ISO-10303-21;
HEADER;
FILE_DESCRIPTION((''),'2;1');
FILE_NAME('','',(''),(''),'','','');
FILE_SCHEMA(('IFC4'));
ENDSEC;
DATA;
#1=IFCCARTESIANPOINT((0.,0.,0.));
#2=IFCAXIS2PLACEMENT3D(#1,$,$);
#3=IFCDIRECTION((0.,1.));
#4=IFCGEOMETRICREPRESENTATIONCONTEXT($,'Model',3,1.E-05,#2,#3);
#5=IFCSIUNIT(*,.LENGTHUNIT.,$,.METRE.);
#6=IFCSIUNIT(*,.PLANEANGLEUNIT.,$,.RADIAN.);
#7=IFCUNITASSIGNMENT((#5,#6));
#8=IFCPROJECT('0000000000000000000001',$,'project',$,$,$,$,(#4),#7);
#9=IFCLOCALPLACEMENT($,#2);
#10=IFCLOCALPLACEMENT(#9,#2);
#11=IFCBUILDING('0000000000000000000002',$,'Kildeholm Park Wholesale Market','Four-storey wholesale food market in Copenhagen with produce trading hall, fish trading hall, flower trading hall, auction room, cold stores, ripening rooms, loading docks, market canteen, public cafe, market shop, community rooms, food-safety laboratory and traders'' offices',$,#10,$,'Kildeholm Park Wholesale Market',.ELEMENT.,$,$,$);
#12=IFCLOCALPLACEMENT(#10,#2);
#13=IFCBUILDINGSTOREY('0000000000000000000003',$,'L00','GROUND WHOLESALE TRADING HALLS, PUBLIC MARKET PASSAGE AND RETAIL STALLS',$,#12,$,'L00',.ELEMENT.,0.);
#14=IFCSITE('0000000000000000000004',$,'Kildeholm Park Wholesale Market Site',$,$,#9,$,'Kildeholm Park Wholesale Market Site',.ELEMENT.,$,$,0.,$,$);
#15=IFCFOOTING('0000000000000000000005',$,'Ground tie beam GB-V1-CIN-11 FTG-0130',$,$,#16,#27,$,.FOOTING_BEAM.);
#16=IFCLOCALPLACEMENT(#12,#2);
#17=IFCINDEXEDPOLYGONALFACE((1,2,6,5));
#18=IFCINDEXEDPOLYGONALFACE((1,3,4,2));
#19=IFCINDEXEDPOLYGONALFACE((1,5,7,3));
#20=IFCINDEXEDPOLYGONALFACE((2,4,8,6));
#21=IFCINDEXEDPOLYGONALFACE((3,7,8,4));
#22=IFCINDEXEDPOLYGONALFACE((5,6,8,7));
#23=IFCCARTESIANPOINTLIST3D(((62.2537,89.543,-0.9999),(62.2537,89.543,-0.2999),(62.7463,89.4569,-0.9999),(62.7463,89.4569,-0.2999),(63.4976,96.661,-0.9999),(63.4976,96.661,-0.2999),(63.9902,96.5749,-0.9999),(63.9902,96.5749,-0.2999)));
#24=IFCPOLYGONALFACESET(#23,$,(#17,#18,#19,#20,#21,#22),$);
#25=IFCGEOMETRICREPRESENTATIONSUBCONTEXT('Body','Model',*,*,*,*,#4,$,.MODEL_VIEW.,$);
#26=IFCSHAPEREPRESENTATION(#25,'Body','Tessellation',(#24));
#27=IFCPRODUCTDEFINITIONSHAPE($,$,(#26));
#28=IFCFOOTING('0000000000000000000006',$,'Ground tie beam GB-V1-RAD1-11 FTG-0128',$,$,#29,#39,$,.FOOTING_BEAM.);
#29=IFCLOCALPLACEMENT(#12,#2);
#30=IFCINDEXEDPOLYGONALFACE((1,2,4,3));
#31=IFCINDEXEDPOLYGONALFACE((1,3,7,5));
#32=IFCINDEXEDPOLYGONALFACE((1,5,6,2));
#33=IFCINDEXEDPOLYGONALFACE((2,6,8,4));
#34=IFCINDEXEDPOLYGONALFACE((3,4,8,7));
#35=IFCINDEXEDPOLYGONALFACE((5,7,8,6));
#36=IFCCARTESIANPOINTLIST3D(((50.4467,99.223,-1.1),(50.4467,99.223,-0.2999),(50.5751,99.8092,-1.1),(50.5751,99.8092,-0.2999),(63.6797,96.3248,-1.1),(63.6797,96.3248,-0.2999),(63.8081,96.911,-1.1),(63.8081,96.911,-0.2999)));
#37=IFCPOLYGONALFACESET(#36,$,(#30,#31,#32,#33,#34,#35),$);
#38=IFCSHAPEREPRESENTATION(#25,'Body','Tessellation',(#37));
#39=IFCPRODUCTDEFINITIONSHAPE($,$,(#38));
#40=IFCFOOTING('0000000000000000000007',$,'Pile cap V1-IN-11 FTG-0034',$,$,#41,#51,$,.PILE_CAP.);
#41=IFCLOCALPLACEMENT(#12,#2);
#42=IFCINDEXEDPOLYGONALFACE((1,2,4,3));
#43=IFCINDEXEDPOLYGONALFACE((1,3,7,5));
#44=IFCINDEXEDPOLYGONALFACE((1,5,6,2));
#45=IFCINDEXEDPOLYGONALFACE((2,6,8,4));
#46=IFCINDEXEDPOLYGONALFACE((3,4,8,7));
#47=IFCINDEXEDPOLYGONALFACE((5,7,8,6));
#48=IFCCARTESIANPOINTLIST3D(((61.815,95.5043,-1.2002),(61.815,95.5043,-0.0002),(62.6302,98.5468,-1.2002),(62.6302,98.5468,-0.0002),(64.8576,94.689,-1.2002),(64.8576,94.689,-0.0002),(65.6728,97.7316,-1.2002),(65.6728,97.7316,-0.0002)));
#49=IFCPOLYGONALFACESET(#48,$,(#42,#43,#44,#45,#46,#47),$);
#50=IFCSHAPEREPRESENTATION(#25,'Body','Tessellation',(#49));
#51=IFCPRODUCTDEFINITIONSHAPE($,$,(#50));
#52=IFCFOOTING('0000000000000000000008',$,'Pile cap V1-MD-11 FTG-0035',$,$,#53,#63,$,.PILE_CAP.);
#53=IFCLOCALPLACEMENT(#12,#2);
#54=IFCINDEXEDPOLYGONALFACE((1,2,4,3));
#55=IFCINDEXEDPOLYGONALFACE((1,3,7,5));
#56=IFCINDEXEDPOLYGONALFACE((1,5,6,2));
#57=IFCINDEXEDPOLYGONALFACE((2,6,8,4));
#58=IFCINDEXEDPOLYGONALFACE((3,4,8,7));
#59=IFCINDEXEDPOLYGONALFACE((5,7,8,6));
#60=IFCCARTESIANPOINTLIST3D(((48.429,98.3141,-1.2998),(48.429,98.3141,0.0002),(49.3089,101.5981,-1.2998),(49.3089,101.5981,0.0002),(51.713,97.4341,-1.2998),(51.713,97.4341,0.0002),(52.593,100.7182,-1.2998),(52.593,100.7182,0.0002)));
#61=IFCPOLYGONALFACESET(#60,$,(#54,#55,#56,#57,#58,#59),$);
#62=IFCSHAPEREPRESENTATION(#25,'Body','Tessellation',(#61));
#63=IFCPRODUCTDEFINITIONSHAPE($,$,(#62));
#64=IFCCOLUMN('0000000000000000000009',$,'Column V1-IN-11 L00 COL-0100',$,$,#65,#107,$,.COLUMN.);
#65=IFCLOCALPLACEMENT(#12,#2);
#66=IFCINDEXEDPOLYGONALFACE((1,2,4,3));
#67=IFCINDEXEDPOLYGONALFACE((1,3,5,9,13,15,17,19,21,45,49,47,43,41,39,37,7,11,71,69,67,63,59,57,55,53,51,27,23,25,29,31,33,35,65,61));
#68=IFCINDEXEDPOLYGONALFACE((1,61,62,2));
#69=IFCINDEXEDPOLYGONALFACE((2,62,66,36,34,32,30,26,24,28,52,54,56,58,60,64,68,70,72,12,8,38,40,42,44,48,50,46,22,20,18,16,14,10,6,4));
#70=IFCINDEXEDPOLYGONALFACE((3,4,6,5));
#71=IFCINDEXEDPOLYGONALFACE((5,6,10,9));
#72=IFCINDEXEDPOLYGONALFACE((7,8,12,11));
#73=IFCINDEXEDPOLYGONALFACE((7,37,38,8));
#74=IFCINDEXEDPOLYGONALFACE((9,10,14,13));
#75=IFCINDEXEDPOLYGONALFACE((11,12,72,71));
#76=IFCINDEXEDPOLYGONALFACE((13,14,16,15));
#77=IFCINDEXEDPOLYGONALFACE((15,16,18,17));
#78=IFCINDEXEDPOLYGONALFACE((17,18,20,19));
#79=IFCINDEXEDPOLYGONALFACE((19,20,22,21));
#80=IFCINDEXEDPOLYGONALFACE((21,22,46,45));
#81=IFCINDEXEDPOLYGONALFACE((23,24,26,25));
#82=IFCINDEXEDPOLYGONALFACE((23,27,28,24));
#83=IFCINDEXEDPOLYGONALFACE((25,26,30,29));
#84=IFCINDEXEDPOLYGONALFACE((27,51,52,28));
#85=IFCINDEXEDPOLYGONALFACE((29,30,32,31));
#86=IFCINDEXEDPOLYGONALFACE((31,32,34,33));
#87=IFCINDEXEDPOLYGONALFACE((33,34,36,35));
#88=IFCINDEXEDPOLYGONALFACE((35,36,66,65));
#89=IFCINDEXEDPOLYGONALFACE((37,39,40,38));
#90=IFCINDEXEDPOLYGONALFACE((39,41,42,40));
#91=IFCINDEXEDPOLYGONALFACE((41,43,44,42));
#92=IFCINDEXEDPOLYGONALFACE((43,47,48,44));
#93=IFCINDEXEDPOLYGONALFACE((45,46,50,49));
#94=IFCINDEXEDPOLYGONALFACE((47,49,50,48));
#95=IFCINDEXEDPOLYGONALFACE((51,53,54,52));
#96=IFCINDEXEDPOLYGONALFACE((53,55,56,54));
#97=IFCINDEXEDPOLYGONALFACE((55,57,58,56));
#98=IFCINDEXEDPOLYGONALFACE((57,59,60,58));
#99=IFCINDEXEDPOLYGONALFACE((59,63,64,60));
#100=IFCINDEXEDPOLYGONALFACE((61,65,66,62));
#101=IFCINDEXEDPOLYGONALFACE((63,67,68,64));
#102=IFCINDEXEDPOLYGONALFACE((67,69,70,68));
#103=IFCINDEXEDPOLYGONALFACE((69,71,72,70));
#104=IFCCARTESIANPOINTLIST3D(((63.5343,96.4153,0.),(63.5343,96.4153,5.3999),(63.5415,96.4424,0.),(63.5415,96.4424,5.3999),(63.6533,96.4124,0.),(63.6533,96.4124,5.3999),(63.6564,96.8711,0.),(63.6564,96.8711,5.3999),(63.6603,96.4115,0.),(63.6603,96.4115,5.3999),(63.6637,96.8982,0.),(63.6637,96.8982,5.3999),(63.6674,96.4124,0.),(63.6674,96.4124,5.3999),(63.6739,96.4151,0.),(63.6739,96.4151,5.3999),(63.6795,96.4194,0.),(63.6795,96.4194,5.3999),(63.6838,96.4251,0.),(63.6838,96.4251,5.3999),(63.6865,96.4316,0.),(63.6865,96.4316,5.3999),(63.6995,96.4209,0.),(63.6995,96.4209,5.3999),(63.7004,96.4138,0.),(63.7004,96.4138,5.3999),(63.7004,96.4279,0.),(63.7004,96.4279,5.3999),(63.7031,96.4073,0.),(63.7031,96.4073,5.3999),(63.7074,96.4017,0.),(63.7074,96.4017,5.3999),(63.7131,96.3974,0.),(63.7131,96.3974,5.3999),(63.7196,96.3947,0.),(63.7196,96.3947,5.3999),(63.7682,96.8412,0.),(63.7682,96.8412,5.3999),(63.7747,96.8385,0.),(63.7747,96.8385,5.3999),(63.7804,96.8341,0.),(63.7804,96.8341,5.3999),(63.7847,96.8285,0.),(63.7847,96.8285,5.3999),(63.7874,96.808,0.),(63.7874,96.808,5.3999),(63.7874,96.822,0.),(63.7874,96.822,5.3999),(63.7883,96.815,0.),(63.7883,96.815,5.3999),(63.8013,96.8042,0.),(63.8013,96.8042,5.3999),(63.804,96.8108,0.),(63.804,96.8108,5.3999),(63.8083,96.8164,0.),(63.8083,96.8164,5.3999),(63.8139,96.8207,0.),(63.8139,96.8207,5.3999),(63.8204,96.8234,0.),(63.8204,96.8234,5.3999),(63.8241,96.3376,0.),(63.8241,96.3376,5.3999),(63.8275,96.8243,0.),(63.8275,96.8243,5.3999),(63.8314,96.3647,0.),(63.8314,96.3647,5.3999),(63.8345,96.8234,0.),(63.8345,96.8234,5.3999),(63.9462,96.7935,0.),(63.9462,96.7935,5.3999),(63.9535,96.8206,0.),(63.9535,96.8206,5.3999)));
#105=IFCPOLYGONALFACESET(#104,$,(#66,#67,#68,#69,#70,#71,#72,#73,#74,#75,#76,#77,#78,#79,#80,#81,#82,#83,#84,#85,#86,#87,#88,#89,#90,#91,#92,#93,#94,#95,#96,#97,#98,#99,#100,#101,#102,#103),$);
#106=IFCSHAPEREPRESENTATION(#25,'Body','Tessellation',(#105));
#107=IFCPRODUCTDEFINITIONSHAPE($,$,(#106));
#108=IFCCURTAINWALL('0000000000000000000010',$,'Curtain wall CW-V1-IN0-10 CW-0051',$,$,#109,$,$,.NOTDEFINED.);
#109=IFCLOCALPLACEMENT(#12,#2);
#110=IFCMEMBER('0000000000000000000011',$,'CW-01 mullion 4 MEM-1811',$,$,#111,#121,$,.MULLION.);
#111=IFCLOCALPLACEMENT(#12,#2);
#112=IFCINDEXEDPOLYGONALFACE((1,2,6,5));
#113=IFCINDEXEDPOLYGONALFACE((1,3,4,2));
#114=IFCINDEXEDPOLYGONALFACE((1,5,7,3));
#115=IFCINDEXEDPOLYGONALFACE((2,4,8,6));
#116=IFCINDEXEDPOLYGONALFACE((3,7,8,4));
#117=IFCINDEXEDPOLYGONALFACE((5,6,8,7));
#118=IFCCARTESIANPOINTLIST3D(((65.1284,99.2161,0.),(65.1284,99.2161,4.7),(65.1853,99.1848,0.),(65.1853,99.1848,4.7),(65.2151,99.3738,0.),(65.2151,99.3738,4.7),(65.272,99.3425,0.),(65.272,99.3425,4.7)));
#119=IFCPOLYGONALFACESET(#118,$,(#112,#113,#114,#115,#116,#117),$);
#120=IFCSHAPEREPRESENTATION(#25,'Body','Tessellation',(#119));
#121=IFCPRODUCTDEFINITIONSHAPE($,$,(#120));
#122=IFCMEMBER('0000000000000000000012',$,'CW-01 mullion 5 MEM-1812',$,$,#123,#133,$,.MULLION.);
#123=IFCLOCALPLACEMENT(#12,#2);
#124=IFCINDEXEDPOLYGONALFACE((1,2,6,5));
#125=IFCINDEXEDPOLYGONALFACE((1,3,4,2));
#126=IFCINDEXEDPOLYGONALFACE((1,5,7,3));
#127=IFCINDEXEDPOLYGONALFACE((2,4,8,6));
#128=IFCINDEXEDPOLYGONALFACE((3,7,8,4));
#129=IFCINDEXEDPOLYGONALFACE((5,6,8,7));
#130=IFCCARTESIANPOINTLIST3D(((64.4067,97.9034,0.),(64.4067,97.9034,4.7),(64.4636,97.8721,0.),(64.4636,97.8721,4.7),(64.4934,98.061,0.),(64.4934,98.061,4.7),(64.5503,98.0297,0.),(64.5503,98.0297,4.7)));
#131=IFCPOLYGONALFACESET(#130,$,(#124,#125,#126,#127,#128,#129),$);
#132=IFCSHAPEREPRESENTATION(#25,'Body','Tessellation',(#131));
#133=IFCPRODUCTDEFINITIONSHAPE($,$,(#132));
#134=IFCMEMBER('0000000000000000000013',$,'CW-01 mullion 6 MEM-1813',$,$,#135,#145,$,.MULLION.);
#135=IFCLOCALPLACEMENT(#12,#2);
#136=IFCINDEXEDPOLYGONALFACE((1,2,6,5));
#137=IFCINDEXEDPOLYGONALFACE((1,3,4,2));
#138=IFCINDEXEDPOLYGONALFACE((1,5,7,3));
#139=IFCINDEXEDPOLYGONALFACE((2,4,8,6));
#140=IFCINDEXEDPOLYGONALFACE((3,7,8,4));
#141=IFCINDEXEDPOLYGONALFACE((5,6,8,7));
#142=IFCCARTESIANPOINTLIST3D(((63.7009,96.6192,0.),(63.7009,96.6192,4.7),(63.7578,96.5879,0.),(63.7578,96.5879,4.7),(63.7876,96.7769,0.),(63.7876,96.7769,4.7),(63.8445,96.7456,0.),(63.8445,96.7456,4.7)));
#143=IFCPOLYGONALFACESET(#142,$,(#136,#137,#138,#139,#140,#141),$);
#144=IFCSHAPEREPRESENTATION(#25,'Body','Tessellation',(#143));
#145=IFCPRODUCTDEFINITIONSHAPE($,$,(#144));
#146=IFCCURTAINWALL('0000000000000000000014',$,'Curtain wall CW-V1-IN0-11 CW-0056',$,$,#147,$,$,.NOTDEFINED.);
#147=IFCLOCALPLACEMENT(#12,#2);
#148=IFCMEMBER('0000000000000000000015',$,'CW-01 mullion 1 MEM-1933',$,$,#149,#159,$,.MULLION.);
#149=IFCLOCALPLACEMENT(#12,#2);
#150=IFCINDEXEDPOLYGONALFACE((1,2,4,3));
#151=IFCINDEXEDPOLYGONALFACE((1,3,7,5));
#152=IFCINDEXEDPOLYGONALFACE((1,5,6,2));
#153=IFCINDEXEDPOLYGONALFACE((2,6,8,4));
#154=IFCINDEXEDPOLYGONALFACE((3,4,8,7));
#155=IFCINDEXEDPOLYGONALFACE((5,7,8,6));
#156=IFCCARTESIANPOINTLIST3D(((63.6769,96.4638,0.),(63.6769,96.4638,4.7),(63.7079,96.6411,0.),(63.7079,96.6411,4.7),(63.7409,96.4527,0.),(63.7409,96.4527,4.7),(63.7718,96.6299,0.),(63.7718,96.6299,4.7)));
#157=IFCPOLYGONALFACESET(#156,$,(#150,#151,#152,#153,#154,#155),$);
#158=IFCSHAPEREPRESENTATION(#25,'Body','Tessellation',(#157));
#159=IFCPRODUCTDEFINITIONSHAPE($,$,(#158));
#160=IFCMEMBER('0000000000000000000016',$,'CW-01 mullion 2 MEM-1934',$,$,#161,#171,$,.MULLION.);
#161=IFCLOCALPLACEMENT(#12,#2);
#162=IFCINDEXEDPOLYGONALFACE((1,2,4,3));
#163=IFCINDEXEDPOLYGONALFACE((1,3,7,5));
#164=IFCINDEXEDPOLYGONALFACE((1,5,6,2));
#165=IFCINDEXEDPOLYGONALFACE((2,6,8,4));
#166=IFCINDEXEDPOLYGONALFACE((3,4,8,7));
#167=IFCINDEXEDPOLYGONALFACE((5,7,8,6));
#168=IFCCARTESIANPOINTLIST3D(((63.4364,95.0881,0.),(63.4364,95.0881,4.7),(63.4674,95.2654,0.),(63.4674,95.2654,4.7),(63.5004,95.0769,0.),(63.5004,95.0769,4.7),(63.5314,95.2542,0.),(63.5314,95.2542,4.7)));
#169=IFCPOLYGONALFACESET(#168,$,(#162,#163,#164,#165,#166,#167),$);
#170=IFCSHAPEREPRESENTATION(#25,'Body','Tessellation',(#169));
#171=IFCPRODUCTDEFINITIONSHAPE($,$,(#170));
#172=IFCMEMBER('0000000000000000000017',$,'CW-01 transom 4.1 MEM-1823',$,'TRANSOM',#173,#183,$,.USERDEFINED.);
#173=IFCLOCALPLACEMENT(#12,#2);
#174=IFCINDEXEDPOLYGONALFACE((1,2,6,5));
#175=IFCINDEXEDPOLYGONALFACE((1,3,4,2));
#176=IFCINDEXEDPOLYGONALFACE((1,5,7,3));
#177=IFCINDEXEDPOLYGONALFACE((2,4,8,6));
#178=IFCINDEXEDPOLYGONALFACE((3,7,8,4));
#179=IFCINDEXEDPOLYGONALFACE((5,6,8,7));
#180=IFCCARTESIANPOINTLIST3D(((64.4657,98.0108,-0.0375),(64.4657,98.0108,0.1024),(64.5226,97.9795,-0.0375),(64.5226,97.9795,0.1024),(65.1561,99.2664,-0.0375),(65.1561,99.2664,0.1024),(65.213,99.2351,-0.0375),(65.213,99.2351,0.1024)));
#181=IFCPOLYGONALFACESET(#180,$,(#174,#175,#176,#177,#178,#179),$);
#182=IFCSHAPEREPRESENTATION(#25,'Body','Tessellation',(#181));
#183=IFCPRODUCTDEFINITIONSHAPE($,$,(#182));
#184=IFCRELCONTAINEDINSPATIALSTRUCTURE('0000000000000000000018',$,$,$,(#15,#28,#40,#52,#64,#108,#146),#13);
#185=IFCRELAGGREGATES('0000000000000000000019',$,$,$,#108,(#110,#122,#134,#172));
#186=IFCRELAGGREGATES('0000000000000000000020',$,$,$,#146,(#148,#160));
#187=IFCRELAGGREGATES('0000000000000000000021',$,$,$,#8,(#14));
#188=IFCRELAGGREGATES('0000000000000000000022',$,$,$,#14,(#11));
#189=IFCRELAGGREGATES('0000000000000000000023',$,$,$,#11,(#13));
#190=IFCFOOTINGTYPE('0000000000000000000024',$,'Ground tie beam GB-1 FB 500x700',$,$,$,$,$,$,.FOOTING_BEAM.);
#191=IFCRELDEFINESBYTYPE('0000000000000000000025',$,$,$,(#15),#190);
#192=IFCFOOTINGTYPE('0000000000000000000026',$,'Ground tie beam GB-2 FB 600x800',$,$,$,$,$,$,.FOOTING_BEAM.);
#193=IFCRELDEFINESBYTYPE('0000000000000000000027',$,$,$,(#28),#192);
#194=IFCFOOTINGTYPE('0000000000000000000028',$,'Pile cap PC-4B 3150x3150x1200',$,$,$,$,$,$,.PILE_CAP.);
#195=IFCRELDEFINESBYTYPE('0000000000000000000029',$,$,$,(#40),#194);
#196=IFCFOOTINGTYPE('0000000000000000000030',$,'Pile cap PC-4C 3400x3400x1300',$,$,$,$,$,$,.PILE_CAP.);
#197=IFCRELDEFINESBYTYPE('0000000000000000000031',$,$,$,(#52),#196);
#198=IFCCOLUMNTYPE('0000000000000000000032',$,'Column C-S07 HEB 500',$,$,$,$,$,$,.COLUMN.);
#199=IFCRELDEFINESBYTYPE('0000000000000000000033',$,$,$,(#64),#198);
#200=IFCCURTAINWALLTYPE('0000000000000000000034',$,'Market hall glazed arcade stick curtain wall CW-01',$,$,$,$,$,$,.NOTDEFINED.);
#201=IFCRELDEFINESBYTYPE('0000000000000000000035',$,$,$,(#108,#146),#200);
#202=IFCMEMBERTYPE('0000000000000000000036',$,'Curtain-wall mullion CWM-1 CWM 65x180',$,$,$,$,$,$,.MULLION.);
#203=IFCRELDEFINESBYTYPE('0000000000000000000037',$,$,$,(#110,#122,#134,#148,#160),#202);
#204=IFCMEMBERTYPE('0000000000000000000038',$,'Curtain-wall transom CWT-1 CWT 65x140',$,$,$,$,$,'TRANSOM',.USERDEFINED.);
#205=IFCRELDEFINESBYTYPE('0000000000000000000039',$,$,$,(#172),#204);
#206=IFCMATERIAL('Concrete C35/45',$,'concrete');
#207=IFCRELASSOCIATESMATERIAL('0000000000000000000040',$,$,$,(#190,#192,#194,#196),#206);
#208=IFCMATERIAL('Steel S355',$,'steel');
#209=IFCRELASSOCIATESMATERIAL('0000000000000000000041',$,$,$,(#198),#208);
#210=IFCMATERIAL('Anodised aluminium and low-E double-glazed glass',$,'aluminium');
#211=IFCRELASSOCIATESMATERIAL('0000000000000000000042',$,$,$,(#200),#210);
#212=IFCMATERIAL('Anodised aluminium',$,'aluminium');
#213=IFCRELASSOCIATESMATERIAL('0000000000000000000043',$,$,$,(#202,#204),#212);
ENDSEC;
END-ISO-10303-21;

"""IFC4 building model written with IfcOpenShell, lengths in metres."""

from ifc_helpers import new_model, si_unit, direction, frame, origin, origin_2d, place, context, subcontext, project, spatial, rectangle, i_section, extrude, material, material_profile, profile_set, type_object, element, aggregate, save


model = new_model("IFC4")

# Units and contexts
model_context = context("Model", 3, precision=1e-05, world=origin(), true_north=direction((0.0, 1.0)))
body_context = subcontext(model_context, "Body", "Model", "MODEL_VIEW")
ifc_project = project(units=[si_unit("LENGTHUNIT", "METRE"), si_unit("PLANEANGLEUNIT", "RADIAN")], contexts=[model_context])

# Site, building, storey
site_placement = place(None, origin())
site = spatial("IfcSite", under=ifc_project, at=site_placement, Name="Kildeholm Park Wholesale Market Site", LongName="Kildeholm Park Wholesale Market Site", CompositionType="ELEMENT", RefElevation=0.0)
building_placement = place(site_placement, origin())
building = spatial("IfcBuilding", under=site, at=building_placement, Name="Kildeholm Park Wholesale Market", Description="Four-storey wholesale food market in Copenhagen with produce trading hall, fish trading hall, flower trading hall, auction room, cold stores, ripening rooms, loading docks, market canteen, public cafe, market shop, community rooms, food-safety laboratory and traders' offices", LongName="Kildeholm Park Wholesale Market", CompositionType="ELEMENT")
storey_placement = place(building_placement, origin())
storey = spatial("IfcBuildingStorey", under=building, at=storey_placement, Name="L00", Description="GROUND WHOLESALE TRADING HALLS, PUBLIC MARKET PASSAGE AND RETAIL STALLS", LongName="L00", CompositionType="ELEMENT", Elevation=0.0)

# Shared definitions
ifc_material_1 = material(Name="Concrete C35/45", Category="concrete")

# Footings
ifc_material_profile_1 = material_profile(ifc_material_1, rectangle(XDim=0.5, YDim=0.7, at=origin_2d()), Name="FB 500x700")
ifc_profile_set_1 = profile_set([ifc_material_profile_1], Name="Concrete C35/45")
footing_type_1 = type_object("IfcFootingType", Name="Ground tie beam GB-1 FB 500x700", PredefinedType="FOOTING_BEAM", material=ifc_profile_set_1)
footing_1_placement = place(storey_placement, frame((63.7439, 96.6179, -0.6499), z_axis=(-0.172147, -0.985071, 0.0), x_axis=(0.985071, -0.172147, 0.0)))
element("IfcFooting", 1, at=footing_1_placement, inside=storey, type_object=footing_type_1, Name="Ground tie beam GB-V1-CIN-11 FTG-0130", PredefinedType="FOOTING_BEAM", context=body_context, shape_type="SweptSolid", body=[
    extrude(rectangle(XDim=0.5, YDim=0.7, at=origin_2d()), origin(), (0.0, 0.0, 1.0), 7.2258),
])
ifc_material_profile_2 = material_profile(ifc_material_1, rectangle(XDim=0.6001, YDim=0.8, at=origin_2d()), Name="FB 600x800")
ifc_profile_set_2 = profile_set([ifc_material_profile_2], Name="Concrete C35/45")
footing_type_2 = type_object("IfcFootingType", Name="Ground tie beam GB-2 FB 600x800", PredefinedType="FOOTING_BEAM", material=ifc_profile_set_2)
footing_2_placement = place(storey_placement, frame((63.7439, 96.6179, -0.7), z_axis=(-0.976846, 0.213943, 0.0), x_axis=(-0.213943, -0.976846, 0.0)))
element("IfcFooting", 2, at=footing_2_placement, inside=storey, type_object=footing_type_2, Name="Ground tie beam GB-V1-RAD1-11 FTG-0128", PredefinedType="FOOTING_BEAM", context=body_context, shape_type="SweptSolid", body=[
    extrude(rectangle(XDim=0.6001, YDim=0.8, at=origin_2d()), origin(), (0.0, 0.0, 1.0), 13.5466),
])
footing_type_3 = type_object("IfcFootingType", Name="Pile cap PC-4B 3150x3150x1200", PredefinedType="PILE_CAP", material=ifc_material_1)
footing_3_placement = place(storey_placement, frame((63.7439, 96.6179, -1.2002), z_axis=(0.0, 0.0, 1.0), x_axis=(-0.965926, 0.258819, 0.0)))
element("IfcFooting", 3, at=footing_3_placement, inside=storey, type_object=footing_type_3, Name="Pile cap V1-IN-11 FTG-0034", PredefinedType="PILE_CAP", context=body_context, shape_type="SweptSolid", body=[
    extrude(rectangle(XDim=3.1499, YDim=3.1499, at=origin_2d()), origin(), (0.0, 0.0, 1.0), 1.2),
])
footing_type_4 = type_object("IfcFootingType", Name="Pile cap PC-4C 3400x3400x1300", PredefinedType="PILE_CAP", material=ifc_material_1)
footing_4_placement = place(storey_placement, frame((50.511, 99.5161, -1.2998), z_axis=(0.0, 0.0, 1.0), x_axis=(-0.965926, 0.258819, 0.0)))
element("IfcFooting", 4, at=footing_4_placement, inside=storey, type_object=footing_type_4, Name="Pile cap V1-MD-11 FTG-0035", PredefinedType="PILE_CAP", context=body_context, shape_type="SweptSolid", body=[
    extrude(rectangle(XDim=3.3999, YDim=3.3999, at=origin_2d()), origin(), (0.0, 0.0, 1.0), 1.3),
])

# Column
ifc_material_2 = material(Name="Steel S355", Category="steel")
ifc_material_profile_3 = material_profile(ifc_material_2, i_section(OverallWidth=0.3, OverallDepth=0.5, WebThickness=0.0144, FlangeThickness=0.0281, FilletRadius=0.0271, at=origin_2d()), Name="HEB 500")
ifc_profile_set_3 = profile_set([ifc_material_profile_3], Name="Steel S355")
column_type = type_object("IfcColumnType", Name="Column C-S07 HEB 500", PredefinedType="COLUMN", material=ifc_profile_set_3)
column_placement = place(storey_placement, frame((63.7439, 96.6179, 0.0), z_axis=(0.0, 0.0, 1.0), x_axis=(-0.965926, 0.258819, 0.0)))
element("IfcColumn", 5, at=column_placement, inside=storey, type_object=column_type, Name="Column V1-IN-11 L00 COL-0100", PredefinedType="COLUMN", context=body_context, shape_type="SweptSolid", body=[
    extrude(i_section(OverallWidth=0.3, OverallDepth=0.5, WebThickness=0.0144, FlangeThickness=0.0281, FilletRadius=0.0271, at=origin_2d()), origin(), (0.0, 0.0, 1.0), 5.3999),
])

# Curtain walls, members
ifc_material_3 = material(Name="Anodised aluminium and low-E double-glazed glass", Category="aluminium")
curtain_wall_type = type_object("IfcCurtainWallType", Name="Market hall glazed arcade stick curtain wall CW-01", PredefinedType="NOTDEFINED", material=ifc_material_3)
curtain_wall_1_placement = place(storey_placement, origin())
curtain_wall_1 = element("IfcCurtainWall", 6, at=curtain_wall_1_placement, inside=storey, type_object=curtain_wall_type, Name="Curtain wall CW-V1-IN0-10 CW-0051", PredefinedType="NOTDEFINED")
ifc_material_4 = material(Name="Anodised aluminium", Category="aluminium")
ifc_material_profile_4 = material_profile(ifc_material_4, rectangle(XDim=0.0649, YDim=0.1799, at=origin_2d()), Name="CWM 65x180")
ifc_profile_set_4 = profile_set([ifc_material_profile_4], Name="Anodised aluminium")
member_type_1 = type_object("IfcMemberType", Name="Curtain-wall mullion CWM-1 CWM 65x180", PredefinedType="MULLION", material=ifc_profile_set_4)
member_1_placement = place(storey_placement, frame((65.2002, 99.2793, 0.0), z_axis=(0.0, 0.0, 1.0), x_axis=(0.876309, -0.48175, 0.0)))
member_1 = element("IfcMember", 7, at=member_1_placement, type_object=member_type_1, Name="CW-01 mullion 4 MEM-1811", PredefinedType="MULLION", context=body_context, shape_type="SweptSolid", body=[
    extrude(rectangle(XDim=0.0649, YDim=0.1799, at=origin_2d()), origin(), (0.0, 0.0, 1.0), 4.7),
])
member_2_placement = place(storey_placement, frame((64.4785, 97.9666, 0.0), z_axis=(0.0, 0.0, 1.0), x_axis=(0.876309, -0.48175, 0.0)))
member_2 = element("IfcMember", 8, at=member_2_placement, type_object=member_type_1, Name="CW-01 mullion 5 MEM-1812", PredefinedType="MULLION", context=body_context, shape_type="SweptSolid", body=[
    extrude(rectangle(XDim=0.0649, YDim=0.1799, at=origin_2d()), origin(), (0.0, 0.0, 1.0), 4.7),
])
member_3_placement = place(storey_placement, frame((63.7727, 96.6824, 0.0), z_axis=(0.0, 0.0, 1.0), x_axis=(0.876309, -0.48175, 0.0)))
member_3 = element("IfcMember", 9, at=member_3_placement, type_object=member_type_1, Name="CW-01 mullion 6 MEM-1813", PredefinedType="MULLION", context=body_context, shape_type="SweptSolid", body=[
    extrude(rectangle(XDim=0.0649, YDim=0.1799, at=origin_2d()), origin(), (0.0, 0.0, 1.0), 4.7),
])
curtain_wall_2_placement = place(storey_placement, origin())
curtain_wall_2 = element("IfcCurtainWall", 10, at=curtain_wall_2_placement, inside=storey, type_object=curtain_wall_type, Name="Curtain wall CW-V1-IN0-11 CW-0056", PredefinedType="NOTDEFINED")
member_4_placement = place(storey_placement, frame((63.7244, 96.5469, 0.0), z_axis=(0.0, 0.0, 1.0), x_axis=(0.985074, -0.172133, 0.0)))
member_4 = element("IfcMember", 11, at=member_4_placement, type_object=member_type_1, Name="CW-01 mullion 1 MEM-1933", PredefinedType="MULLION", context=body_context, shape_type="SweptSolid", body=[
    extrude(rectangle(XDim=0.0649, YDim=0.1799, at=origin_2d()), origin(), (0.0, 0.0, 1.0), 4.7),
])
member_5_placement = place(storey_placement, frame((63.4839, 95.1711, 0.0), z_axis=(0.0, 0.0, 1.0), x_axis=(0.985074, -0.172133, 0.0)))
member_5 = element("IfcMember", 12, at=member_5_placement, type_object=member_type_1, Name="CW-01 mullion 2 MEM-1934", PredefinedType="MULLION", context=body_context, shape_type="SweptSolid", body=[
    extrude(rectangle(XDim=0.0649, YDim=0.1799, at=origin_2d()), origin(), (0.0, 0.0, 1.0), 4.7),
])

# Member
ifc_material_profile_5 = material_profile(ifc_material_4, rectangle(XDim=0.0649, YDim=0.1399, at=origin_2d()), Name="CWT 65x140")
ifc_profile_set_5 = profile_set([ifc_material_profile_5], Name="Anodised aluminium")
member_type_2 = type_object("IfcMemberType", Name="Curtain-wall transom CWT-1 CWT 65x140", ElementType="TRANSOM", PredefinedType="USERDEFINED", material=ifc_profile_set_5)
member_6_placement = place(storey_placement, frame((65.1846, 99.2507, 0.0325), z_axis=(-0.481834, -0.876263, 0.0), x_axis=(0.876263, -0.481834, 0.0)))
member_6 = element("IfcMember", 13, at=member_6_placement, type_object=member_type_2, Name="CW-01 transom 4.1 MEM-1823", ObjectType="TRANSOM", PredefinedType="USERDEFINED", context=body_context, shape_type="SweptSolid", body=[
    extrude(rectangle(XDim=0.0649, YDim=0.1399, at=origin_2d()), origin(), (0.0, 0.0, 1.0), 1.4329),
])

aggregate(curtain_wall_1, [member_1, member_2, member_3, member_6])
aggregate(curtain_wall_2, [member_4, member_5])

save(model, "model.ifc")
